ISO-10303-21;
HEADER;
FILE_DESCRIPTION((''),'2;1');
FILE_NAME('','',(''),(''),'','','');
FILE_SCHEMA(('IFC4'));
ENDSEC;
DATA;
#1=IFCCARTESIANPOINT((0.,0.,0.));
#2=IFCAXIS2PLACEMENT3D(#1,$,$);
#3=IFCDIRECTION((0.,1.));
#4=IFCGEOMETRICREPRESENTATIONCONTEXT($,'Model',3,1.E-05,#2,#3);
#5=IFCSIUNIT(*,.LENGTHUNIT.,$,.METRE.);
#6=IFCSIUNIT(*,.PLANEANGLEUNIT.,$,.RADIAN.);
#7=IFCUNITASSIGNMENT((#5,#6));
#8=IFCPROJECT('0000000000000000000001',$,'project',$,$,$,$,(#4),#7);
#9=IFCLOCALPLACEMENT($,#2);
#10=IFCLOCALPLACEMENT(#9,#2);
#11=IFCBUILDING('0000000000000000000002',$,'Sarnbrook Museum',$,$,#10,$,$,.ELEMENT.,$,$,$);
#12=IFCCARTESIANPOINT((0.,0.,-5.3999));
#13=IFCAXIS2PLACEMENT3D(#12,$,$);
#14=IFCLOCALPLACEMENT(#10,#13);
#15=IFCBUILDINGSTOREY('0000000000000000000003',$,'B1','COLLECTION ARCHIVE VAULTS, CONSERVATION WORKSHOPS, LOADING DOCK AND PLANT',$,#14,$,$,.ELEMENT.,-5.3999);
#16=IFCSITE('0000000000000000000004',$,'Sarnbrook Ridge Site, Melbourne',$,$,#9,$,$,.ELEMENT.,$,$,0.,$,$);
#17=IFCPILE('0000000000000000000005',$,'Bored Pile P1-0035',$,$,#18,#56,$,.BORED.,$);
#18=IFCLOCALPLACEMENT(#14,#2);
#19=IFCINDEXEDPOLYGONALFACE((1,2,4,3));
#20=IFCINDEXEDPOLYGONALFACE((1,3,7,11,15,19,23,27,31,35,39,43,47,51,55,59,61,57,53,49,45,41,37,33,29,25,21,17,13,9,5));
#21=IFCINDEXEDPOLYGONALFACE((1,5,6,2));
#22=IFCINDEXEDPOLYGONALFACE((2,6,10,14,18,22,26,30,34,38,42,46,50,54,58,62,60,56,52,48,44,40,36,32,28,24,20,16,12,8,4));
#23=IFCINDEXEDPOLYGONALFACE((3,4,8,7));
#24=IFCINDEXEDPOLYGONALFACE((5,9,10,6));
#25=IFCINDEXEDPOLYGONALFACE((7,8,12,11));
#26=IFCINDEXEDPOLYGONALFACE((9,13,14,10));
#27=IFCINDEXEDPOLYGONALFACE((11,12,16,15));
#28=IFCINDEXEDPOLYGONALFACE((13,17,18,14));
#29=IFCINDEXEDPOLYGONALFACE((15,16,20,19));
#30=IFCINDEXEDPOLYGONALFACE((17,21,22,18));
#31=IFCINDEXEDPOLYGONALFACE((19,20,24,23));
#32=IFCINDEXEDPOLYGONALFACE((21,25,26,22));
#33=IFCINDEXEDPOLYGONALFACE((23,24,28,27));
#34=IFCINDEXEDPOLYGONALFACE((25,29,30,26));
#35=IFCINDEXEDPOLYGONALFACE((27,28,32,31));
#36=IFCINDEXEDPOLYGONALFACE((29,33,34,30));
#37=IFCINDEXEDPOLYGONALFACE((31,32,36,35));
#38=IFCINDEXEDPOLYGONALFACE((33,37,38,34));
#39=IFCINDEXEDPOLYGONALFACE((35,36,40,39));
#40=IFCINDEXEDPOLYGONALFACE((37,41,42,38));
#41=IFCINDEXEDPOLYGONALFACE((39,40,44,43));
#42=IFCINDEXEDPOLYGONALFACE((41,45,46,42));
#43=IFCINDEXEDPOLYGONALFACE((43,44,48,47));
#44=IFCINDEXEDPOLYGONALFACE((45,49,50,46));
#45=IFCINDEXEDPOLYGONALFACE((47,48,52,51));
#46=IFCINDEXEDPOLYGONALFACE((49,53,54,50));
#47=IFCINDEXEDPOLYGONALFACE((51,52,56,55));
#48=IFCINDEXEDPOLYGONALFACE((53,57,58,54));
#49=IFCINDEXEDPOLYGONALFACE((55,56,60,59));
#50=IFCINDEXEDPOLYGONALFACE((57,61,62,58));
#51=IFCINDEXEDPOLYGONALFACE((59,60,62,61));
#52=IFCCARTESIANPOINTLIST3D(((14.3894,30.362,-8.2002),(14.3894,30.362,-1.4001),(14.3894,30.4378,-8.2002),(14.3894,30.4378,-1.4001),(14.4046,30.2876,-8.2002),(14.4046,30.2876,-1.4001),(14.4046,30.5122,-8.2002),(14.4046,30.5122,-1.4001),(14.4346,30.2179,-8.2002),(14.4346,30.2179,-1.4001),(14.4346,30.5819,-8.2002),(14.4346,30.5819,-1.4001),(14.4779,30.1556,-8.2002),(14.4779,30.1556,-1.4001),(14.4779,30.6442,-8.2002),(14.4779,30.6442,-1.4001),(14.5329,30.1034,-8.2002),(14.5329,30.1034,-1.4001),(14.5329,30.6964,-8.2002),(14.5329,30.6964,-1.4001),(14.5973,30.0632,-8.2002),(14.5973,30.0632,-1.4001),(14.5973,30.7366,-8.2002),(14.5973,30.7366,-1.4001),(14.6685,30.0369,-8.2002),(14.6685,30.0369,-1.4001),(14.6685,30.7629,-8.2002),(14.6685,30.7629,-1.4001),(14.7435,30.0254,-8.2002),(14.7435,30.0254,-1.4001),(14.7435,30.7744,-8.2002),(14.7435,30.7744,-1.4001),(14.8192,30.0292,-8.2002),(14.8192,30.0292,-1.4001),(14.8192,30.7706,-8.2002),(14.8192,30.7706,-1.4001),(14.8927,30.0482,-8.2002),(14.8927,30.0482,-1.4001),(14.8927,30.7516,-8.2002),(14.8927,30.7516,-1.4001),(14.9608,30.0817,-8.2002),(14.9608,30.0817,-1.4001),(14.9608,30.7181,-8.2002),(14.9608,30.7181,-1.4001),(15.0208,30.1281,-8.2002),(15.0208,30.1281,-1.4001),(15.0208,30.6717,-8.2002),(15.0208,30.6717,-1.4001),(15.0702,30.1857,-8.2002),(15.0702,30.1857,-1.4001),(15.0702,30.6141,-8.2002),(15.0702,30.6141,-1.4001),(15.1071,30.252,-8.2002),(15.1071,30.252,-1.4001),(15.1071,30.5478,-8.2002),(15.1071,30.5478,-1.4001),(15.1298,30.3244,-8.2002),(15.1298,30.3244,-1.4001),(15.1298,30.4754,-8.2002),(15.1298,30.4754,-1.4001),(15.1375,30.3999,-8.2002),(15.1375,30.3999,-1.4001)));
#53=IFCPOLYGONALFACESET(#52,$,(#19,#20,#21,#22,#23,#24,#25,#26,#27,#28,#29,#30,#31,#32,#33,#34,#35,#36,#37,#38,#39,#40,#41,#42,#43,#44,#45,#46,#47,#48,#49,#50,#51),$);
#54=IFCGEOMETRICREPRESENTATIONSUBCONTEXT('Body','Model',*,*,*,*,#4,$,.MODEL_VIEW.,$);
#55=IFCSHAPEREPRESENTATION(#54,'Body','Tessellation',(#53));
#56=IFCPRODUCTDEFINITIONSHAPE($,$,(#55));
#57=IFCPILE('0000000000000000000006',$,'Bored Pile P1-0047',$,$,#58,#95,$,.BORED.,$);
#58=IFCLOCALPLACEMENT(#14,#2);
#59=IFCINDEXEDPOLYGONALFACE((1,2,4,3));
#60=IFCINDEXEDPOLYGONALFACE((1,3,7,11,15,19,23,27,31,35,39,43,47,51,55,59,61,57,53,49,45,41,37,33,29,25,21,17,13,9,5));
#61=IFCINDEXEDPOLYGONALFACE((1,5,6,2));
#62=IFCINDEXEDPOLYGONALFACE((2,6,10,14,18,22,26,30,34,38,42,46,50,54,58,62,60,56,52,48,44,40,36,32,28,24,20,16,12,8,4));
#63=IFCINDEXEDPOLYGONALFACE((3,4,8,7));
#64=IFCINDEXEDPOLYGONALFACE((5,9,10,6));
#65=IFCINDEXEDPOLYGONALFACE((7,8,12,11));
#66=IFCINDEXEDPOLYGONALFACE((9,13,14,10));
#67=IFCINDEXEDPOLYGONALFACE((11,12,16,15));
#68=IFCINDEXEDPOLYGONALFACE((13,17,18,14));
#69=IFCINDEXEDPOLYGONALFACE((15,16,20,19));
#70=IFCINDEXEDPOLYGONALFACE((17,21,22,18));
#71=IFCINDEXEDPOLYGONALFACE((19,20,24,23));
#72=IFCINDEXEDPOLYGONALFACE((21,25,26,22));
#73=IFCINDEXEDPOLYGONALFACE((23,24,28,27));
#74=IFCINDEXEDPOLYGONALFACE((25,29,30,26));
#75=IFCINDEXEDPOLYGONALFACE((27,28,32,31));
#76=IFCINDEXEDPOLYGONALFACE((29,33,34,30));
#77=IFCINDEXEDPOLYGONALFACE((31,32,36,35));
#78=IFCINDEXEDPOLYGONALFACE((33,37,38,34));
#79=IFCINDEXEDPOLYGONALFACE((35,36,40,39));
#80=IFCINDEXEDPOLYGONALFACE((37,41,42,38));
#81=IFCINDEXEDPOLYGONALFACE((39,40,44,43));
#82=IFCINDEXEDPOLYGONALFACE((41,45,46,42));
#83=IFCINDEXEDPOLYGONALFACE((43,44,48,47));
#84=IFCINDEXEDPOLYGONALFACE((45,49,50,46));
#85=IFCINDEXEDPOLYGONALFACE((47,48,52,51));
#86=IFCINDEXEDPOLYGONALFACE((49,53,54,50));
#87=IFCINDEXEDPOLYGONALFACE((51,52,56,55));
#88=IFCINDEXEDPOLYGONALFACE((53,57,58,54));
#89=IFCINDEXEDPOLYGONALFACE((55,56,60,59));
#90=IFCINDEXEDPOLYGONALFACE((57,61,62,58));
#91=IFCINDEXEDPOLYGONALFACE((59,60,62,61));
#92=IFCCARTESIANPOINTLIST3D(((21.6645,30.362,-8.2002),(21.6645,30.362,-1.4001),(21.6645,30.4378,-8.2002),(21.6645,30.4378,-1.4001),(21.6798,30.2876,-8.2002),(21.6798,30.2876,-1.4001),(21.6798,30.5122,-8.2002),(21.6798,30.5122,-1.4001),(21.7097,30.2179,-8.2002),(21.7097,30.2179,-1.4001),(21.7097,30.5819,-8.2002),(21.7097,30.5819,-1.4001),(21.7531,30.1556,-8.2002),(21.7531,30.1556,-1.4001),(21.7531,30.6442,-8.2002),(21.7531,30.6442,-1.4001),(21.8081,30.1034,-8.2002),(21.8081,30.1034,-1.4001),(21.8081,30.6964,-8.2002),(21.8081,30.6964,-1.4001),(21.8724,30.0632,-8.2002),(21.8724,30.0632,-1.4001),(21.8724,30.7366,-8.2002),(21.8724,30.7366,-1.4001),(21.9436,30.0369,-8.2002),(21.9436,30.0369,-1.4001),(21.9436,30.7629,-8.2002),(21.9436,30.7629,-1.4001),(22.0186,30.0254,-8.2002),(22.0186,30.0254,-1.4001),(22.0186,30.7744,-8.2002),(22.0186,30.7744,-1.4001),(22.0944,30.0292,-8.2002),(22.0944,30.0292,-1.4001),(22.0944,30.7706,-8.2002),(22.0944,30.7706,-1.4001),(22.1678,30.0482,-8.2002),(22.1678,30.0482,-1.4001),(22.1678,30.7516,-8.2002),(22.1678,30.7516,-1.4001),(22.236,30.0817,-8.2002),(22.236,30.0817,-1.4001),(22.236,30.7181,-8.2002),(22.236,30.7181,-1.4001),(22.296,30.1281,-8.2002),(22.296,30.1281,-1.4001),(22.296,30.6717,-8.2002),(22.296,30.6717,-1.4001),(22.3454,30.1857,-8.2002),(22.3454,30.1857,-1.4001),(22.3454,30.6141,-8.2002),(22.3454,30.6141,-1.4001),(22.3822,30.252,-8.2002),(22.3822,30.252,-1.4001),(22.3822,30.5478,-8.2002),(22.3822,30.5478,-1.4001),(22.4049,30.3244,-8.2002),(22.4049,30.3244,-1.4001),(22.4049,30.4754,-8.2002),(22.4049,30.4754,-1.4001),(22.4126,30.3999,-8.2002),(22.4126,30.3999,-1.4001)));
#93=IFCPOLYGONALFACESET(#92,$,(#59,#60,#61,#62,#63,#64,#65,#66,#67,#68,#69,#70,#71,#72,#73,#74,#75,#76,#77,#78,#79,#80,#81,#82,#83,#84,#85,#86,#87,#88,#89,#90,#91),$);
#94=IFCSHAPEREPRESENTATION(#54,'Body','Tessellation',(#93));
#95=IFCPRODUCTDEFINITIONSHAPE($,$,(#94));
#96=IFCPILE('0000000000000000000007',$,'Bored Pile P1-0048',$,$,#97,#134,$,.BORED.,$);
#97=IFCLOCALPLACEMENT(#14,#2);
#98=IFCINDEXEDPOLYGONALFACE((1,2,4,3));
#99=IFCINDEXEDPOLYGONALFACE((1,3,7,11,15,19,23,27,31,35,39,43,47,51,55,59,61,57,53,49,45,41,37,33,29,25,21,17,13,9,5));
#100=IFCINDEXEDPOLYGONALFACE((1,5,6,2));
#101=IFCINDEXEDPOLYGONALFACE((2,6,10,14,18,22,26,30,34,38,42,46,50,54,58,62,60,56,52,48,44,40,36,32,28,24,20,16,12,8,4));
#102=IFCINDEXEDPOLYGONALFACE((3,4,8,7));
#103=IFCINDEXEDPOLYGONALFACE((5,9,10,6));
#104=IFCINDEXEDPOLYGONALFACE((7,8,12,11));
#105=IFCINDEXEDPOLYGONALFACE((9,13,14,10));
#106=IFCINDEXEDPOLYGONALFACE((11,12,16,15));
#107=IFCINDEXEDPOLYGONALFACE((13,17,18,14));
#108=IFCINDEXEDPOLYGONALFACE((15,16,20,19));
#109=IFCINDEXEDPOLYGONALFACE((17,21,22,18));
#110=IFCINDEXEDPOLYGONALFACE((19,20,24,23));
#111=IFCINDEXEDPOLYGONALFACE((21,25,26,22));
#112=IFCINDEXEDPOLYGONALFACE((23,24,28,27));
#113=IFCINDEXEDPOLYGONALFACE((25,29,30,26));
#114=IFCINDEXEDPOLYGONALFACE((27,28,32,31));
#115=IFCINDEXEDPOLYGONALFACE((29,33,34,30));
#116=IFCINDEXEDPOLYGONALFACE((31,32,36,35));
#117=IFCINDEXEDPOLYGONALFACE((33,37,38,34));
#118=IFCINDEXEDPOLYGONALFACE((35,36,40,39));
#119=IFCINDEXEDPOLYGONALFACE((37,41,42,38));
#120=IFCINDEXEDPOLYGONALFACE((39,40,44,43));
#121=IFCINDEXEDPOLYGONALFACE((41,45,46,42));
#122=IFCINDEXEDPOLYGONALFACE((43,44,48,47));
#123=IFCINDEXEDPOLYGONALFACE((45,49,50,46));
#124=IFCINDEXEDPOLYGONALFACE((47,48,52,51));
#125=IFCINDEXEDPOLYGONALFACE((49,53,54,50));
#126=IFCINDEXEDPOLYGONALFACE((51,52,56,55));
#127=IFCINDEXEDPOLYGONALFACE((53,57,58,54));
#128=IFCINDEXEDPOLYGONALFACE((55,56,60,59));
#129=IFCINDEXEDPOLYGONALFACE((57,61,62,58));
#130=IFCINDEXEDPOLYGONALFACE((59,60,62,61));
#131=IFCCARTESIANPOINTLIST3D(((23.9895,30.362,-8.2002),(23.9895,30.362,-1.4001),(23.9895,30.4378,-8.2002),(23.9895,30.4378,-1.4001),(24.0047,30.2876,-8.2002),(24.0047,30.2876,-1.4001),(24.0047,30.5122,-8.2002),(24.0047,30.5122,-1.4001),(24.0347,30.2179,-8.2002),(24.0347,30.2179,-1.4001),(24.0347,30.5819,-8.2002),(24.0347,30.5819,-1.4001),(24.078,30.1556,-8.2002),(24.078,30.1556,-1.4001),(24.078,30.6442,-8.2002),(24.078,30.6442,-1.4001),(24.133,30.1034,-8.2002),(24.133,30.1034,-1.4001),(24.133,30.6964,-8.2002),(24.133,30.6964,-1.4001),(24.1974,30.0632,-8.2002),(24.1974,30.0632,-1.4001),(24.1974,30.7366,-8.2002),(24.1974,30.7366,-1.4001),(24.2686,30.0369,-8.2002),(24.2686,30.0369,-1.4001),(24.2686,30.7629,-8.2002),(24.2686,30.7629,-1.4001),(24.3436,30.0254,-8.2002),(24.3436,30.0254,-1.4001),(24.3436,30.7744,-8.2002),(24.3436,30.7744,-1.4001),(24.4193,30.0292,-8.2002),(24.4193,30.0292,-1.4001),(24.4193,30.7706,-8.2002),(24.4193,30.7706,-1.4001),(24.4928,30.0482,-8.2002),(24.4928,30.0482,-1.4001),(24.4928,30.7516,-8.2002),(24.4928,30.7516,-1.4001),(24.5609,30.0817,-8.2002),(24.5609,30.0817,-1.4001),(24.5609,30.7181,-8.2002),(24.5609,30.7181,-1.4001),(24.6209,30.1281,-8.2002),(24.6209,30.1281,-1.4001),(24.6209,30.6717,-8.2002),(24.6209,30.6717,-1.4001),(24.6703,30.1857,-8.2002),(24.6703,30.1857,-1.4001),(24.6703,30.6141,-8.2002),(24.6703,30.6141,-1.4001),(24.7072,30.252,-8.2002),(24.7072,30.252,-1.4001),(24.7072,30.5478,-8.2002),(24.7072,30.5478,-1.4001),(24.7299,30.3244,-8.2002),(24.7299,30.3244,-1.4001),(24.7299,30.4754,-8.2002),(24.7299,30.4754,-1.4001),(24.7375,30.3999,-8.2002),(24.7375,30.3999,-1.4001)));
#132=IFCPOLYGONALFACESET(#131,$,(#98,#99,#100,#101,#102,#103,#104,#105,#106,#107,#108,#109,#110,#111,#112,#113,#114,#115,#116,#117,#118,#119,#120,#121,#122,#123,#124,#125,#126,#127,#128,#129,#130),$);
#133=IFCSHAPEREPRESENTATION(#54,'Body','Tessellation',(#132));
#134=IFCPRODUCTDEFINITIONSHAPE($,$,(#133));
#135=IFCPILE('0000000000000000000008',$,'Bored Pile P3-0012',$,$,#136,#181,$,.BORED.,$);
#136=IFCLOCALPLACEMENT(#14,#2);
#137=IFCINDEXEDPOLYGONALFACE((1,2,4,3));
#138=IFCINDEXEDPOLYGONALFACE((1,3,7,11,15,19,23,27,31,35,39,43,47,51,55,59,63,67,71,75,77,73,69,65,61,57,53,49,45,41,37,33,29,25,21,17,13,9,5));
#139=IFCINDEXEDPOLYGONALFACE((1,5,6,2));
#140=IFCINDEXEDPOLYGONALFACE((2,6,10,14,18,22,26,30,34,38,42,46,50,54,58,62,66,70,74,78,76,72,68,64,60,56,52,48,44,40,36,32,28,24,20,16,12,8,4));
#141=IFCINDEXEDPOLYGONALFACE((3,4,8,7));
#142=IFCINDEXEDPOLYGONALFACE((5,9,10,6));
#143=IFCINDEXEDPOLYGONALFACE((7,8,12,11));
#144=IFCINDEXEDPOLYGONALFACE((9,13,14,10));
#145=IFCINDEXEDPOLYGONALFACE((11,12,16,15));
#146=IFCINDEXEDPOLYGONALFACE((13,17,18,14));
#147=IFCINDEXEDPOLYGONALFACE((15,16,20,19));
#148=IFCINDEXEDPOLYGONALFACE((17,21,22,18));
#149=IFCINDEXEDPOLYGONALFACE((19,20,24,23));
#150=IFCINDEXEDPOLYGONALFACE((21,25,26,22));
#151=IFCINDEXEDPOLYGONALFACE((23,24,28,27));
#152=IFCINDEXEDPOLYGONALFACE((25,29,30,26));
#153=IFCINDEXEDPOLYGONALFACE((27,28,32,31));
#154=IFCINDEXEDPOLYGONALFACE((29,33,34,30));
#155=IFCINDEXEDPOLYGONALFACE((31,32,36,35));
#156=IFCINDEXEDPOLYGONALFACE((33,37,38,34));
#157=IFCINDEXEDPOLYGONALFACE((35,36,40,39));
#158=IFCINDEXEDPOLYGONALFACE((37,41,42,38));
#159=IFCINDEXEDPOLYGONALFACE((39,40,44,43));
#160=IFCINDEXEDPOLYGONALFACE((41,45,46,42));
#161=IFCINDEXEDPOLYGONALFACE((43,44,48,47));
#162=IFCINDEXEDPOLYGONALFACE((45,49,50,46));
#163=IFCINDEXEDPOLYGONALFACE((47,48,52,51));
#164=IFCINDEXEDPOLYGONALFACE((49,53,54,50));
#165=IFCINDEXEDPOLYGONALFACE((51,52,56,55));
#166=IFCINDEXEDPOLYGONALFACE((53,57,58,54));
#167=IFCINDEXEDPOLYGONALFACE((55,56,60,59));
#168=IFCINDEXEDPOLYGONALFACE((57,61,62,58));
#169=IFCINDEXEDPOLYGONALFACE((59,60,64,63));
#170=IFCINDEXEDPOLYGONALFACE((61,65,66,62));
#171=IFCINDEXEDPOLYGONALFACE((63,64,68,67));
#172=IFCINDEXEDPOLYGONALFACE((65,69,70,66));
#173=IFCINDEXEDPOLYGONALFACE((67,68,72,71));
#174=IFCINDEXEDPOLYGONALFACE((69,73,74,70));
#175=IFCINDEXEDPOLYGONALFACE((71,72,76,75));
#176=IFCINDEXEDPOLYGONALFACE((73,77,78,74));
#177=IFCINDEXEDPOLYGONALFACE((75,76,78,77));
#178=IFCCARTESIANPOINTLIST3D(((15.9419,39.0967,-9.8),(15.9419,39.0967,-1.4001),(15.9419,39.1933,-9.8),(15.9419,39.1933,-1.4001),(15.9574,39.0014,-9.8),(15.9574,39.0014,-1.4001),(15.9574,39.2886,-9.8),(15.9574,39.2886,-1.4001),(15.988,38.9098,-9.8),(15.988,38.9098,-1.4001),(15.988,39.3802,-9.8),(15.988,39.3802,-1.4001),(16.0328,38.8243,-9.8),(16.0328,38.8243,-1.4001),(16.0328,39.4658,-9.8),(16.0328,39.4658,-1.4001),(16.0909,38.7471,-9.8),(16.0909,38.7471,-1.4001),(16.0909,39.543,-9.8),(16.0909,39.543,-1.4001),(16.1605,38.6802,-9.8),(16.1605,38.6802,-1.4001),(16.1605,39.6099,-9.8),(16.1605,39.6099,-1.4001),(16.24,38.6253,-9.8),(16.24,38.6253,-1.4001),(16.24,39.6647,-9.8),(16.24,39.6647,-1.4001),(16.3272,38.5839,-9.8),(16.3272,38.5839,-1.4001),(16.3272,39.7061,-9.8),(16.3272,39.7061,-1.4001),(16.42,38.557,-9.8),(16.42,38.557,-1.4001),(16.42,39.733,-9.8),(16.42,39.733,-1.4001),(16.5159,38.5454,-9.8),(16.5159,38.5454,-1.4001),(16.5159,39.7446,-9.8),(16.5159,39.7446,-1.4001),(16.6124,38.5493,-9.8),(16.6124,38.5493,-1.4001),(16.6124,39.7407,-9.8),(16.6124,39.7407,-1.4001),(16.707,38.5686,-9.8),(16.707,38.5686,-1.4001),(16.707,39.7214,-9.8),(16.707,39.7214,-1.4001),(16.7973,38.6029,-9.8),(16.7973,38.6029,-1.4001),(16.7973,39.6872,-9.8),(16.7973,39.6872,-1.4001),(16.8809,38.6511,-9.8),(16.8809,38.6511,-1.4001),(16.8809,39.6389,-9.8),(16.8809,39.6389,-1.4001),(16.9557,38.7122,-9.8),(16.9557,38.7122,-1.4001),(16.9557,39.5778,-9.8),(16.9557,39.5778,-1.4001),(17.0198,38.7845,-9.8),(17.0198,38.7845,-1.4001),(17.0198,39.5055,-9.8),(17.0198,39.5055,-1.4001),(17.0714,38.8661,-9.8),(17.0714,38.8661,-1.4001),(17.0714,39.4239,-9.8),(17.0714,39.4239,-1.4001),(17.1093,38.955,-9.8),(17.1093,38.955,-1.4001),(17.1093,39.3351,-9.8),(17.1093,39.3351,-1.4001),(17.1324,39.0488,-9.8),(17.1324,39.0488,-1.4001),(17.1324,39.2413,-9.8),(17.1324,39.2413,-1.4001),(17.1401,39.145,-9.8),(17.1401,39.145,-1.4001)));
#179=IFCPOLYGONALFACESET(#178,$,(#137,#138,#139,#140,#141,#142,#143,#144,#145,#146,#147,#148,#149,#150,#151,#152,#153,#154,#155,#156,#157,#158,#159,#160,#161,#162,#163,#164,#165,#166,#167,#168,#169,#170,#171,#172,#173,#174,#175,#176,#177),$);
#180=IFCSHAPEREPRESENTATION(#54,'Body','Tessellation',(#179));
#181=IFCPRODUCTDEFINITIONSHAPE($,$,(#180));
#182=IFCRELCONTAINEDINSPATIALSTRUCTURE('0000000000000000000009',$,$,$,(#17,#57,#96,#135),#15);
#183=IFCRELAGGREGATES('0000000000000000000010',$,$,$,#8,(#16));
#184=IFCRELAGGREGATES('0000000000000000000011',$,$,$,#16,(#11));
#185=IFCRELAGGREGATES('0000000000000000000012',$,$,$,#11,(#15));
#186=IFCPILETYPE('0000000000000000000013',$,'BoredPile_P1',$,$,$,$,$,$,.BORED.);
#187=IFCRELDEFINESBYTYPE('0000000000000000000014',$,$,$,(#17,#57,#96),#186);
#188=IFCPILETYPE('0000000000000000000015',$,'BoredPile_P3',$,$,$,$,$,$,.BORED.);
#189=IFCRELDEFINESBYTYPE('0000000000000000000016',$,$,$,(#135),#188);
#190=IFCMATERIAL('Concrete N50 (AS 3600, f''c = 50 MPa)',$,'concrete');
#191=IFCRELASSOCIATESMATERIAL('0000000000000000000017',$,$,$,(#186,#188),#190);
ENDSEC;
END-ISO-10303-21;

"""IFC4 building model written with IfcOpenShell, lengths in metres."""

from ifc_helpers import new_model, si_unit, direction, frame, origin, origin_2d, place, context, subcontext, project, spatial, circle, extrude, material, material_profile, profile_set, type_object, element, save


model = new_model("IFC4")

# Units and contexts
model_context = context("Model", 3, precision=1e-05, world=origin(), true_north=direction((0.0, 1.0)))
body_context = subcontext(model_context, "Body", "Model", "MODEL_VIEW")
ifc_project = project(units=[si_unit("LENGTHUNIT", "METRE"), si_unit("PLANEANGLEUNIT", "RADIAN")], contexts=[model_context])

# Site, building, storey
site_placement = place(None, origin())
site = spatial("IfcSite", under=ifc_project, at=site_placement, Name="Sarnbrook Ridge Site, Melbourne", CompositionType="ELEMENT", RefElevation=0.0)
building_placement = place(site_placement, origin())
building = spatial("IfcBuilding", under=site, at=building_placement, Name="Sarnbrook Museum", CompositionType="ELEMENT")
storey_placement = place(building_placement, frame((0.0, 0.0, -5.3999)))
storey = spatial("IfcBuildingStorey", under=building, at=storey_placement, Name="B1", Description="COLLECTION ARCHIVE VAULTS, CONSERVATION WORKSHOPS, LOADING DOCK AND PLANT", CompositionType="ELEMENT", Elevation=-5.3999)

# Piles
ifc_material_1 = material(Name="Concrete N50 (AS 3600, f'c = 50 MPa)", Category="concrete")
ifc_material_profile_1 = material_profile(ifc_material_1, circle(Radius=0.375, at=origin_2d()), Name="BORED PILE D750")
ifc_profile_set_1 = profile_set([ifc_material_profile_1], Name="Concrete N50 (AS 3600, f'c = 50 MPa)")
pile_type_1 = type_object("IfcPileType", Name="BoredPile_P1", PredefinedType="BORED", material=ifc_profile_set_1)
for number, where, z_axis, x_axis, name in (
    (1, (14.7625, 30.3999, -1.4001), (0.0, 0.0, -1.0), (1.0, 0.0, 0.0), "Bored Pile P1-0035"),
    (2, (22.0376, 30.3999, -1.4001), (0.0, 0.0, -1.0), (1.0, 0.0, 0.0), "Bored Pile P1-0047"),
    (3, (24.3625, 30.3999, -1.4001), (0.0, 0.0, -1.0), (1.0, 0.0, 0.0), "Bored Pile P1-0048"),
):
    element("IfcPile", number, at=place(storey_placement, frame(where, z_axis=z_axis, x_axis=x_axis)), inside=storey, type_object=pile_type_1, Name=name, PredefinedType="BORED", context=body_context, shape_type="SweptSolid", body=[
        extrude(circle(Radius=0.375, at=origin_2d()), origin(), (0.0, 0.0, 1.0), 6.8),
    ])
ifc_material_profile_2 = material_profile(ifc_material_1, circle(Radius=0.6001, at=origin_2d()), Name="BORED PILE D1200")
ifc_profile_set_2 = profile_set([ifc_material_profile_2], Name="Concrete N50 (AS 3600, f'c = 50 MPa)")
pile_type_2 = type_object("IfcPileType", Name="BoredPile_P3", PredefinedType="BORED", material=ifc_profile_set_2)
for number, where, z_axis, x_axis, name in (
    (4, (16.54, 39.145, -1.4001), (0.0, 0.0, -1.0), (1.0, 0.0, 0.0), "Bored Pile P3-0012"),
):
    element("IfcPile", number, at=place(storey_placement, frame(where, z_axis=z_axis, x_axis=x_axis)), inside=storey, type_object=pile_type_2, Name=name, PredefinedType="BORED", context=body_context, shape_type="SweptSolid", body=[
        extrude(circle(Radius=0.6001, at=origin_2d()), origin(), (0.0, 0.0, 1.0), 8.3999),
    ])

save(model, "model.ifc")
